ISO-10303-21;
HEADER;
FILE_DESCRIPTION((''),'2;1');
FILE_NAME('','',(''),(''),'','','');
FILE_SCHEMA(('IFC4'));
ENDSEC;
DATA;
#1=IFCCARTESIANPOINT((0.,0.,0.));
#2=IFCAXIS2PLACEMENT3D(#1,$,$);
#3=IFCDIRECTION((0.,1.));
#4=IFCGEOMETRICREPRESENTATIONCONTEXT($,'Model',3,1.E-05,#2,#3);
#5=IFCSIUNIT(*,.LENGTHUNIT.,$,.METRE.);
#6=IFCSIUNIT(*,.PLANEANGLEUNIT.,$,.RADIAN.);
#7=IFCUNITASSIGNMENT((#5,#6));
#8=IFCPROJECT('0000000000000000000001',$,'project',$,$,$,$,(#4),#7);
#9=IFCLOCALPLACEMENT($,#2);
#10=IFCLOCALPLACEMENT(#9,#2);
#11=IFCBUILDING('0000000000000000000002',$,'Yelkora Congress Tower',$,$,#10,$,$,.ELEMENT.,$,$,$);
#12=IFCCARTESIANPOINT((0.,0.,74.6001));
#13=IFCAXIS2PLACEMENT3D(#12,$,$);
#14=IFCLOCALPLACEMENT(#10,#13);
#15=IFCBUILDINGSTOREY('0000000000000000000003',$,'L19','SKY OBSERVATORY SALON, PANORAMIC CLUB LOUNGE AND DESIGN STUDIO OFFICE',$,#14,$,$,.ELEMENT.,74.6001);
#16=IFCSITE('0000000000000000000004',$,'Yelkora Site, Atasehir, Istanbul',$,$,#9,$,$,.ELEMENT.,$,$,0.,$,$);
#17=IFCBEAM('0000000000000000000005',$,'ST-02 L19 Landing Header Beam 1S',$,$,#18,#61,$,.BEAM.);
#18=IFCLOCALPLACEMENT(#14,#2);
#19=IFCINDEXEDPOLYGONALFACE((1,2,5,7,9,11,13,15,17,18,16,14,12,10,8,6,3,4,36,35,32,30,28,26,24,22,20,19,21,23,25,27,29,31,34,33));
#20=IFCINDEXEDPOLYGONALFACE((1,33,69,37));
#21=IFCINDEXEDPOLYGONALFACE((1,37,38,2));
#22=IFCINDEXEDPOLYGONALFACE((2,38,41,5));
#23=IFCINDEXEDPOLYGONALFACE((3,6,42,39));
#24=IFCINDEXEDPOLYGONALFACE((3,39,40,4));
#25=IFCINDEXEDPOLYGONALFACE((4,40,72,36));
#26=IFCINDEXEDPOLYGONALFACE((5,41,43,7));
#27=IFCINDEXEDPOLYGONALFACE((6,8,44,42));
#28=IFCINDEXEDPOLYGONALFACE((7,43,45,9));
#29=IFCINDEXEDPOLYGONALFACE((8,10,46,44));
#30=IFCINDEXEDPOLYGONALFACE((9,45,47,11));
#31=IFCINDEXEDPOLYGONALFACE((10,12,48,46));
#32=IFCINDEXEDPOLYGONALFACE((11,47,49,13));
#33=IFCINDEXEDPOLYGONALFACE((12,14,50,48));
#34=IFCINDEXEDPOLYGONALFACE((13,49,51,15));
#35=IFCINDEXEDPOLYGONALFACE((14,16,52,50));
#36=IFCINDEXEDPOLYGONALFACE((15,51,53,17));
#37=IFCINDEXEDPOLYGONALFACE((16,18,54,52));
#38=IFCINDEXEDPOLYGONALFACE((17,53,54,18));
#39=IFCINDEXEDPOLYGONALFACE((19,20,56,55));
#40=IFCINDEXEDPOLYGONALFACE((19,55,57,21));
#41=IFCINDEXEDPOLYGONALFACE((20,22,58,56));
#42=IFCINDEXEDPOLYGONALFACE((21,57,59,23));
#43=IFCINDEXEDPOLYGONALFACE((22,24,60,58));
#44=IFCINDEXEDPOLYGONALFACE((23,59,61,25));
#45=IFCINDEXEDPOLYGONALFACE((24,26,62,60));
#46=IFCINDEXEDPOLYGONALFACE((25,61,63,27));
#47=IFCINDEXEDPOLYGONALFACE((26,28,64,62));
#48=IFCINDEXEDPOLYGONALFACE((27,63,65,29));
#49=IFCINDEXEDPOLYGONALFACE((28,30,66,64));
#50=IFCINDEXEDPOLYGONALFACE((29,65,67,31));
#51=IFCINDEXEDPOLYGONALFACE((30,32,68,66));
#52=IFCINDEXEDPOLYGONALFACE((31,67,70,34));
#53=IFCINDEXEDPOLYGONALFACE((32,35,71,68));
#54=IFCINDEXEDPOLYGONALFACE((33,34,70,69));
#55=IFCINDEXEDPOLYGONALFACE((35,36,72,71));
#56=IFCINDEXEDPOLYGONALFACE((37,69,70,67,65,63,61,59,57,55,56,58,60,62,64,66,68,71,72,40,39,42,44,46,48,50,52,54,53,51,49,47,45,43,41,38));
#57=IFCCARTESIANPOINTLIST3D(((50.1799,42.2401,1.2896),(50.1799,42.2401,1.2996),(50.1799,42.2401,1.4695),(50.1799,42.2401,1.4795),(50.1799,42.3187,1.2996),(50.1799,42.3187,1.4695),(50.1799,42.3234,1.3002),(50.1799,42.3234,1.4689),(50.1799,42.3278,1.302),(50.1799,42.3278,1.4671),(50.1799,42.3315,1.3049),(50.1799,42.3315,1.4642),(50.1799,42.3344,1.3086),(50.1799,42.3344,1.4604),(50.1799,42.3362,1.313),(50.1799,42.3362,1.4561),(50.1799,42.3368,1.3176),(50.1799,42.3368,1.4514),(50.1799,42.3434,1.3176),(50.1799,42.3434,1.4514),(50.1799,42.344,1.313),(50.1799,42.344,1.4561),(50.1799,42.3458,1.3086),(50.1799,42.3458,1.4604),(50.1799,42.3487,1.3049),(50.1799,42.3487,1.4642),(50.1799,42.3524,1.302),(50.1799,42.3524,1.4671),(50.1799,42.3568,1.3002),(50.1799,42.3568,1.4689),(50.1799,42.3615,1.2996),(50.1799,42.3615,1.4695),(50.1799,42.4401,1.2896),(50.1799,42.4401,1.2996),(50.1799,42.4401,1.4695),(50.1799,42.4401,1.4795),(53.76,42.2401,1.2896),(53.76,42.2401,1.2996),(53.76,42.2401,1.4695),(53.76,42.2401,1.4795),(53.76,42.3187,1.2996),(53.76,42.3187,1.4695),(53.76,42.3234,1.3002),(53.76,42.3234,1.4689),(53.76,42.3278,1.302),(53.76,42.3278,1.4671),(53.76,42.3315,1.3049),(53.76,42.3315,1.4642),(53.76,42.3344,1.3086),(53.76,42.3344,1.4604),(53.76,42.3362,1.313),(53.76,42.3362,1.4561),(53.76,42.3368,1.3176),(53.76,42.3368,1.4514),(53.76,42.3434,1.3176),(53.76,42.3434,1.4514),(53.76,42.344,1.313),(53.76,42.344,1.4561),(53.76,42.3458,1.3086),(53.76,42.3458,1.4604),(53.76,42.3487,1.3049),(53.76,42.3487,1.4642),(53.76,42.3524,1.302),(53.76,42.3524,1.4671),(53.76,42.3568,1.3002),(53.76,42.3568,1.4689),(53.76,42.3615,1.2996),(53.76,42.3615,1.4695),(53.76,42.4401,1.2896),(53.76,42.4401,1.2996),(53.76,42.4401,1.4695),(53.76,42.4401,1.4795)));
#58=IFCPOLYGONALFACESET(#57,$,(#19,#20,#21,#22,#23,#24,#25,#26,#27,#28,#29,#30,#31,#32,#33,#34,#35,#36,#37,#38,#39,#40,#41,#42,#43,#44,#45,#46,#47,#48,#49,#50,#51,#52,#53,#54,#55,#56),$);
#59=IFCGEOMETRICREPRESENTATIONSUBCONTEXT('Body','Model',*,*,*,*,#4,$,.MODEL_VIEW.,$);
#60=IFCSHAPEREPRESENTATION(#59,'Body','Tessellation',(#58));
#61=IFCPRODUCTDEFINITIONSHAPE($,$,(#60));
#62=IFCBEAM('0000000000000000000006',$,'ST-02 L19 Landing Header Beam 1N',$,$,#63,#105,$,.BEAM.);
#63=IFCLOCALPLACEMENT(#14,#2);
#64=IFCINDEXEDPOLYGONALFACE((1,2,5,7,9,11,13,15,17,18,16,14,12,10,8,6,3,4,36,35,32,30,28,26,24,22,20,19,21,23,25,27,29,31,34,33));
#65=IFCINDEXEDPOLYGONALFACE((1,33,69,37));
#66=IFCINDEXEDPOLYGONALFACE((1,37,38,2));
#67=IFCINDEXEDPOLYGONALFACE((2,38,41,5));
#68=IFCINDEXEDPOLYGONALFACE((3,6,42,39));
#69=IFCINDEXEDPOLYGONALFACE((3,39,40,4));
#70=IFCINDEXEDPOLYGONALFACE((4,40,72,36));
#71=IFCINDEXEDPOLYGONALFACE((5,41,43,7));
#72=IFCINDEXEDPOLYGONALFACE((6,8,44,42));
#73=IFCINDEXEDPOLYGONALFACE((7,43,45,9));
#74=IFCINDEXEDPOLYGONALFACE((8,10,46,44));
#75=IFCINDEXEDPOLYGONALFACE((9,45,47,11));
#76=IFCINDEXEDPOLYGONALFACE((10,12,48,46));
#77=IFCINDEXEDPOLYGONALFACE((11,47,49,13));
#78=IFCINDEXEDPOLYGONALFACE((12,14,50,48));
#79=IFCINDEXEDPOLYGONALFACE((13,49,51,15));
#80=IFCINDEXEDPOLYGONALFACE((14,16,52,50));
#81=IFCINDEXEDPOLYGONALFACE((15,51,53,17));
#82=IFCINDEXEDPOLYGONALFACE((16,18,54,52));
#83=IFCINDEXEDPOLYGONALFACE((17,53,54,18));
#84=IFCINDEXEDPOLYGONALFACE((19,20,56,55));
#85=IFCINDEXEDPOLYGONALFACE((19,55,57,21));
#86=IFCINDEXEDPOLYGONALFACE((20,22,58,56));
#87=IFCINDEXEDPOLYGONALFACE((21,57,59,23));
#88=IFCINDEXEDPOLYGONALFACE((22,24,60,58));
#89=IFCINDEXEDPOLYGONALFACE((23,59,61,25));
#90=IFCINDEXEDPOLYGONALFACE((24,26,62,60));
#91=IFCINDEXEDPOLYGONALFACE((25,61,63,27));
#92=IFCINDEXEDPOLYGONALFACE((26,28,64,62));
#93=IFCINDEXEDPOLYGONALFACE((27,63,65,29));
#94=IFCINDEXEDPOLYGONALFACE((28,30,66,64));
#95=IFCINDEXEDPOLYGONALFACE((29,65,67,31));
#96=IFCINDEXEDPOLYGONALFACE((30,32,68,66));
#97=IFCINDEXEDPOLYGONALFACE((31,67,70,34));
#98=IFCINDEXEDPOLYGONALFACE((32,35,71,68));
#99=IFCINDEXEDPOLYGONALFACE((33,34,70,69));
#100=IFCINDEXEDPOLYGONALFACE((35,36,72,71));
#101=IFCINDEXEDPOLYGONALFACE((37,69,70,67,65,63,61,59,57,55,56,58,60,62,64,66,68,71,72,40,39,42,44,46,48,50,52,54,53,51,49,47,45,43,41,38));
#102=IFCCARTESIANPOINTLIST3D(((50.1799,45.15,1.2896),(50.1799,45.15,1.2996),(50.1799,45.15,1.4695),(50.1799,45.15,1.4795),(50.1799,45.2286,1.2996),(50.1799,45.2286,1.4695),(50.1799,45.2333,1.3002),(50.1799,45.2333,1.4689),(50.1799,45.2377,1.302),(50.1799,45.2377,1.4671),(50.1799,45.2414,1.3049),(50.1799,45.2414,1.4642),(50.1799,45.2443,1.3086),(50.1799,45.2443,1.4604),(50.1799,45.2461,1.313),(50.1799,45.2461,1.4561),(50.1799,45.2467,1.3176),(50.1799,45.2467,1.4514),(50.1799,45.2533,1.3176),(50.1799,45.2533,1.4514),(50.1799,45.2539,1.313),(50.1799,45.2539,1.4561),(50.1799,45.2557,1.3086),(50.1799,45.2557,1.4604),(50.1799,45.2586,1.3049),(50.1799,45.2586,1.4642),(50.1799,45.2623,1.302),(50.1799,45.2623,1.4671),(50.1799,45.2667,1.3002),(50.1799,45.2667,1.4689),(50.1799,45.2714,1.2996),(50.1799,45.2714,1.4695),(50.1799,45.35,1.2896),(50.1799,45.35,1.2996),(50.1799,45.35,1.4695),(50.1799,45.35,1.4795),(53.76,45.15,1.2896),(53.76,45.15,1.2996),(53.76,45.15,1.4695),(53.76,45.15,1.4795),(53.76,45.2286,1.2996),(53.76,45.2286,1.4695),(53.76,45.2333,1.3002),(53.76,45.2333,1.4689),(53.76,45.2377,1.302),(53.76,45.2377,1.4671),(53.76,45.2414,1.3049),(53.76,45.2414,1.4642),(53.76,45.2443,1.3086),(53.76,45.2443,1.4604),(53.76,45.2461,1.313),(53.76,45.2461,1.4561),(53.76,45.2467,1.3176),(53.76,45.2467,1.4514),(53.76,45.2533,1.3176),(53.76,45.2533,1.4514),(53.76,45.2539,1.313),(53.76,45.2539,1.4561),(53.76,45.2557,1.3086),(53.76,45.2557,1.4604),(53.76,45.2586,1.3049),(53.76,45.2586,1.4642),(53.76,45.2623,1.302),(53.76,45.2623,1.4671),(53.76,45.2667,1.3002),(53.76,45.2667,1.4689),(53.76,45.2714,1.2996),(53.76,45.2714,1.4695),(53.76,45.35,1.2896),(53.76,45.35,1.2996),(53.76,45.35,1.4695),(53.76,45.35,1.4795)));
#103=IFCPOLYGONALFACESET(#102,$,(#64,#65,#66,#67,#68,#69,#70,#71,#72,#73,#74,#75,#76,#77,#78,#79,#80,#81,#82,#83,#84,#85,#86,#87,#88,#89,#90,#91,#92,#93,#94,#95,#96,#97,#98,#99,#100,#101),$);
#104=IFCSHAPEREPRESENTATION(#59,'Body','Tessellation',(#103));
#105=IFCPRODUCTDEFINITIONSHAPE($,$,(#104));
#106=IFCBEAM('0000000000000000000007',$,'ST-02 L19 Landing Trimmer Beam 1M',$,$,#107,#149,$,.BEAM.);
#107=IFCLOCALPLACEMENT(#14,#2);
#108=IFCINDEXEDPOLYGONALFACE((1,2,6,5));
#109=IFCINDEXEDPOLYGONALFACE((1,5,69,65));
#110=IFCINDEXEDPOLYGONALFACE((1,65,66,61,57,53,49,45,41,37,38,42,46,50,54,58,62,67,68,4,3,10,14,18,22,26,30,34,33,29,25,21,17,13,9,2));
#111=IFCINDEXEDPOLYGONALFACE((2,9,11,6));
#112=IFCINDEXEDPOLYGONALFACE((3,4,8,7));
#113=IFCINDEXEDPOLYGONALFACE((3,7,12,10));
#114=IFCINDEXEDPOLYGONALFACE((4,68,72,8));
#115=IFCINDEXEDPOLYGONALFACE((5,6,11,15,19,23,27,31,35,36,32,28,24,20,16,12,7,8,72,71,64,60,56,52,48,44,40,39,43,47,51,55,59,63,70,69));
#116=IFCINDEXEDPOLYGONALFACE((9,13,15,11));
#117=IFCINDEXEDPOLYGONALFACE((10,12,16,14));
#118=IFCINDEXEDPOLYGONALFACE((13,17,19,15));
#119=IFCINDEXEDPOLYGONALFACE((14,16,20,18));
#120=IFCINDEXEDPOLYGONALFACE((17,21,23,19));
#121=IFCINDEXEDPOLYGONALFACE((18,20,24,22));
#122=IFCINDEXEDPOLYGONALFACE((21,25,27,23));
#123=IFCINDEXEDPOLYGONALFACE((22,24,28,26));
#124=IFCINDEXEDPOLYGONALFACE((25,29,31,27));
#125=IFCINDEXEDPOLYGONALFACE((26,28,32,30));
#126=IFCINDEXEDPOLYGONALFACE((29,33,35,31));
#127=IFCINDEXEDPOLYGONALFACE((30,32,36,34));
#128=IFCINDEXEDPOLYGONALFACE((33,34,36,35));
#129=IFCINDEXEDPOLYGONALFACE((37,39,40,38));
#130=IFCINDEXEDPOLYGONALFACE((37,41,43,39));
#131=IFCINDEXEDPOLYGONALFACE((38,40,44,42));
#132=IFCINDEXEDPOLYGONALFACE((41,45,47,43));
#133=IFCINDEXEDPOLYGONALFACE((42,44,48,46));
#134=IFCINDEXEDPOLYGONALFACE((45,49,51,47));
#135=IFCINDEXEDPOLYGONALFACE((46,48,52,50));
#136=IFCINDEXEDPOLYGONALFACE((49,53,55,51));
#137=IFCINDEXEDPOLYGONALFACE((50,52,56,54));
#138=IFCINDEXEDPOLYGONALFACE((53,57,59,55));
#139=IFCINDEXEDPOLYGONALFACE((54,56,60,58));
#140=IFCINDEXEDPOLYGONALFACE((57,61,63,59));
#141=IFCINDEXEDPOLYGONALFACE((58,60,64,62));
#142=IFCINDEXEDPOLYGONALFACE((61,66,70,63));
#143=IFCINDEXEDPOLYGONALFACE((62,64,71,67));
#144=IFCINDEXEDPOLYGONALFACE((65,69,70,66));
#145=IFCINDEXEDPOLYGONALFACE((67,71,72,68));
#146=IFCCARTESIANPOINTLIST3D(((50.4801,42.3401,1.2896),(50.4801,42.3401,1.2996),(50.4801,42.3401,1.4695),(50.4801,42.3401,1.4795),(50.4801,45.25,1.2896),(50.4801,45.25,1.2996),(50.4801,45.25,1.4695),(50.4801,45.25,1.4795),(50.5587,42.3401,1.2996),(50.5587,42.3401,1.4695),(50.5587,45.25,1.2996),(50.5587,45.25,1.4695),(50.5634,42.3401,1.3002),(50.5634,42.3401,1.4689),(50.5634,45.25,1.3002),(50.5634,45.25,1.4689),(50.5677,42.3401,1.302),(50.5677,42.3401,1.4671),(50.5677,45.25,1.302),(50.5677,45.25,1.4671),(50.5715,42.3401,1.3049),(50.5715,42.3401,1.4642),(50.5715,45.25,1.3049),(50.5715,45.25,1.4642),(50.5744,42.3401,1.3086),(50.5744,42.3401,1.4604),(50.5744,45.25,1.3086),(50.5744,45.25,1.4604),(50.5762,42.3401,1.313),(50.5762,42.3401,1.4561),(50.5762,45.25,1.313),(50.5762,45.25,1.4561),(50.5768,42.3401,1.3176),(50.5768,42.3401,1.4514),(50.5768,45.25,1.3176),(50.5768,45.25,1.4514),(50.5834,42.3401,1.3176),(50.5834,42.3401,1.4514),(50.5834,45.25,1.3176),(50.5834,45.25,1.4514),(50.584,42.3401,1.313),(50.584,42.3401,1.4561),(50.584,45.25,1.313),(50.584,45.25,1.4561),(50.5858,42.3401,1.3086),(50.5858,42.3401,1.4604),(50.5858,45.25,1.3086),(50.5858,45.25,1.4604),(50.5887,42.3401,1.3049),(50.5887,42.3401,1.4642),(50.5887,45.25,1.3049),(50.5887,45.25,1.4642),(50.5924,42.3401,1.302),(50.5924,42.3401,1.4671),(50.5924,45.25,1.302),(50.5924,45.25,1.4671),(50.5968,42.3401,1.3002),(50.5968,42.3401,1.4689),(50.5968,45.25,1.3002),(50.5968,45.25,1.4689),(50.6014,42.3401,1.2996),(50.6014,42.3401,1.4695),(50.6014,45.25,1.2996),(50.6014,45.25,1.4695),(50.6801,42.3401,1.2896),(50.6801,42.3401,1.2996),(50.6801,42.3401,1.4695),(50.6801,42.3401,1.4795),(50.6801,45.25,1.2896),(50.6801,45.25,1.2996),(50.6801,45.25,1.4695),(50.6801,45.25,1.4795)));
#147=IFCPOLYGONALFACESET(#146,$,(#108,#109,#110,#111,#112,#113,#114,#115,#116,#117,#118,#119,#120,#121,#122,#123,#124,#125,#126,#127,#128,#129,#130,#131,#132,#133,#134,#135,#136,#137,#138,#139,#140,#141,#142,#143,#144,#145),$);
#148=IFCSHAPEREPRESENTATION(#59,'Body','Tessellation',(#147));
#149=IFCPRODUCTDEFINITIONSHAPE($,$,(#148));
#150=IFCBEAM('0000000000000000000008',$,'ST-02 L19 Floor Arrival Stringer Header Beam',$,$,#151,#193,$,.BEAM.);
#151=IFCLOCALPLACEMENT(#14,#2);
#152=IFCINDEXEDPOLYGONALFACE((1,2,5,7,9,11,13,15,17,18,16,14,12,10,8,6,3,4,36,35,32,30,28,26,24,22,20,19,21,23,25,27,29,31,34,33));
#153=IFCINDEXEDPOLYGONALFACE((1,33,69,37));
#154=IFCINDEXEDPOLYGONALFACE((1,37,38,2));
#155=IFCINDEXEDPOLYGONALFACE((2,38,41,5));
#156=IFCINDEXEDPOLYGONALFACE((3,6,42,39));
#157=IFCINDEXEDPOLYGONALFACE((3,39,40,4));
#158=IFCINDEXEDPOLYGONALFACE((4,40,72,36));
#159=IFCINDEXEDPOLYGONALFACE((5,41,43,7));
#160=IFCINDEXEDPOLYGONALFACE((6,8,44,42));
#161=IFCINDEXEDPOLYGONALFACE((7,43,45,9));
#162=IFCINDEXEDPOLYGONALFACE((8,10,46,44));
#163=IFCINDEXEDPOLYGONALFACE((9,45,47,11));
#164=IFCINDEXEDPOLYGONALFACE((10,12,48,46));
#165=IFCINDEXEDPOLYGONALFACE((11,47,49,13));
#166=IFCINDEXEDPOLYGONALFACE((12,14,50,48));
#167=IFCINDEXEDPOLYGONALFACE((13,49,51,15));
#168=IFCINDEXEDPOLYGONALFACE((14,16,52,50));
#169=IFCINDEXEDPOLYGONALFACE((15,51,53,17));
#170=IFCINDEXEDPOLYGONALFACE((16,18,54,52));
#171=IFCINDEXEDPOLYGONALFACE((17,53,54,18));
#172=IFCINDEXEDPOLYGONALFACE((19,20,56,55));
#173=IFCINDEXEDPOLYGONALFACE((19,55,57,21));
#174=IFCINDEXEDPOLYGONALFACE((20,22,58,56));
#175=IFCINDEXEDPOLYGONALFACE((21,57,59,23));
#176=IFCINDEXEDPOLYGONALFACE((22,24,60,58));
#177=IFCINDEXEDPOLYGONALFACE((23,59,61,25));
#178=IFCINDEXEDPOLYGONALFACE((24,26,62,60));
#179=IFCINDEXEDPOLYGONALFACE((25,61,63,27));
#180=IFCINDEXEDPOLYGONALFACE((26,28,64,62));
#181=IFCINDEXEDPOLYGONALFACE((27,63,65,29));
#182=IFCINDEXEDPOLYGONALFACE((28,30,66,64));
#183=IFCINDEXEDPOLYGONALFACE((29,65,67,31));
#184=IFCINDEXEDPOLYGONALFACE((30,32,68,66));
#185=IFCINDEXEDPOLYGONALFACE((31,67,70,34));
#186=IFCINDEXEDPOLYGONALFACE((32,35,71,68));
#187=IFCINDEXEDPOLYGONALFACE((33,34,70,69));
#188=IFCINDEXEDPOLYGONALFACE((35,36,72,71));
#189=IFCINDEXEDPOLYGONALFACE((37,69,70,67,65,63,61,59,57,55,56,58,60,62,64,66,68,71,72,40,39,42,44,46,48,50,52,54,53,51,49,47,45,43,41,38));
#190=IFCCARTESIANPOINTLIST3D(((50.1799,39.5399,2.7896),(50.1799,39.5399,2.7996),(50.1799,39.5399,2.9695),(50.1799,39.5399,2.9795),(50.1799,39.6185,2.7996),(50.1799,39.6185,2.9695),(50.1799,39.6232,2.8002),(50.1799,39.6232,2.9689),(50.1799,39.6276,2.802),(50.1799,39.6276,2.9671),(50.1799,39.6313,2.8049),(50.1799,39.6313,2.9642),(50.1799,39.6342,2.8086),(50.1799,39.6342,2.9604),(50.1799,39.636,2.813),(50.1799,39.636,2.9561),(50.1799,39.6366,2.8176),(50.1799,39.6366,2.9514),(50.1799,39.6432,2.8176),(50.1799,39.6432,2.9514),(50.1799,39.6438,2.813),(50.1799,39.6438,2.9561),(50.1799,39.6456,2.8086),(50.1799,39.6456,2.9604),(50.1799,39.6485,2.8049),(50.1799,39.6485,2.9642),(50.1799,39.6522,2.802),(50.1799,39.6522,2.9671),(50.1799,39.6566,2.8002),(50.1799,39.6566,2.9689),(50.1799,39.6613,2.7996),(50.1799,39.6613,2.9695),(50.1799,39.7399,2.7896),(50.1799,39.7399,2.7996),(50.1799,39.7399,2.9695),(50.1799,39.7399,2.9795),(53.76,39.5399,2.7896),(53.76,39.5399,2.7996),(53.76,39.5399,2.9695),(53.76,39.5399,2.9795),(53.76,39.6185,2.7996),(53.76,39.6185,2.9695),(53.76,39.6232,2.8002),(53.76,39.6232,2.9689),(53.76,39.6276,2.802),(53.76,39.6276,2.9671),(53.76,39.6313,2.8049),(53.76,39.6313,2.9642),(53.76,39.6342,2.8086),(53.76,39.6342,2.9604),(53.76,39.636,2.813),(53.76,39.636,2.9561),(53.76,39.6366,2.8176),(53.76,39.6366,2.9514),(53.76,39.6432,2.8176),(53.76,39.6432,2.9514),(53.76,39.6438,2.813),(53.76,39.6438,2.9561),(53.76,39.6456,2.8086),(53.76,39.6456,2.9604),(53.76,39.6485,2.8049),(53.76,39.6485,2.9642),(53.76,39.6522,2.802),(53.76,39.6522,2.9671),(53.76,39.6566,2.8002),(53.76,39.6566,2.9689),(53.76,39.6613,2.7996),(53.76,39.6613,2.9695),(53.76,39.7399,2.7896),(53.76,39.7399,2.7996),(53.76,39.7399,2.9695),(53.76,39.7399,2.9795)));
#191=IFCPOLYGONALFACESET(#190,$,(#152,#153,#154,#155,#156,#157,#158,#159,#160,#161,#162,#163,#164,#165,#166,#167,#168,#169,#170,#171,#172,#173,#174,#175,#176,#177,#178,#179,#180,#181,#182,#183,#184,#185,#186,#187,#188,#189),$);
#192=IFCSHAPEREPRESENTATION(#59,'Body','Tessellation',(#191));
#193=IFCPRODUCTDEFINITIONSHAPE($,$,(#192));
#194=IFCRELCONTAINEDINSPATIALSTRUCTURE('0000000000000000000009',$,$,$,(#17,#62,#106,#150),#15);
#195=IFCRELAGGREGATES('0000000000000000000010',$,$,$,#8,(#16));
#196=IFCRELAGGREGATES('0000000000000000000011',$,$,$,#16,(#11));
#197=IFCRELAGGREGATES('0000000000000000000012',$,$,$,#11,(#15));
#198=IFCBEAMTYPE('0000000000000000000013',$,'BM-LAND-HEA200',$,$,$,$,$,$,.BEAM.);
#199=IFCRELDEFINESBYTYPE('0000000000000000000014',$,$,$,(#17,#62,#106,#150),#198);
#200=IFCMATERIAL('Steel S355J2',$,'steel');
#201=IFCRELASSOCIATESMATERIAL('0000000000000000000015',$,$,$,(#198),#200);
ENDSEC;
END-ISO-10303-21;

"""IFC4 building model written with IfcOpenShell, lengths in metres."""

from ifc_helpers import new_model, si_unit, direction, frame, origin, origin_2d, place, context, subcontext, project, spatial, i_section, extrude, material, material_profile, profile_set, type_object, element, save


model = new_model("IFC4")

# Units and contexts
model_context = context("Model", 3, precision=1e-05, world=origin(), true_north=direction((0.0, 1.0)))
body_context = subcontext(model_context, "Body", "Model", "MODEL_VIEW")
ifc_project = project(units=[si_unit("LENGTHUNIT", "METRE"), si_unit("PLANEANGLEUNIT", "RADIAN")], contexts=[model_context])

# Site, building, storey
site_placement = place(None, origin())
site = spatial("IfcSite", under=ifc_project, at=site_placement, Name="Yelkora Site, Atasehir, Istanbul", CompositionType="ELEMENT", RefElevation=0.0)
building_placement = place(site_placement, origin())
building = spatial("IfcBuilding", under=site, at=building_placement, Name="Yelkora Congress Tower", CompositionType="ELEMENT")
storey_placement = place(building_placement, frame((0.0, 0.0, 74.6001)))
storey = spatial("IfcBuildingStorey", under=building, at=storey_placement, Name="L19", Description="SKY OBSERVATORY SALON, PANORAMIC CLUB LOUNGE AND DESIGN STUDIO OFFICE", CompositionType="ELEMENT", Elevation=74.6001)

# Beams
ifc_material_1 = material(Name="Steel S355J2", Category="steel")
ifc_material_profile = material_profile(ifc_material_1, i_section(OverallWidth=0.2, OverallDepth=0.1899, WebThickness=0.0066, FlangeThickness=0.01, FilletRadius=0.0181, at=origin_2d()), Name="HEA 200")
ifc_profile_set = profile_set([ifc_material_profile], Name="Steel S355J2")
beam_type = type_object("IfcBeamType", Name="BM-LAND-HEA200", PredefinedType="BEAM", material=ifc_profile_set)
for number, where, z_axis, x_axis, name in (
    (1, (50.1799, 42.3401, 1.3845), (1.0, 0.0, 0.0), (0.0, 1.0, 0.0), "ST-02 L19 Landing Header Beam 1S"),
    (2, (50.1799, 45.25, 1.3845), (1.0, 0.0, 0.0), (0.0, 1.0, 0.0), "ST-02 L19 Landing Header Beam 1N"),
):
    element("IfcBeam", number, at=place(storey_placement, frame(where, z_axis=z_axis, x_axis=x_axis)), inside=storey, type_object=beam_type, Name=name, PredefinedType="BEAM", context=body_context, shape_type="SweptSolid", body=[
        extrude(i_section(OverallWidth=0.2, OverallDepth=0.1899, WebThickness=0.0066, FlangeThickness=0.01, FilletRadius=0.0181, at=origin_2d()), origin(), (0.0, 0.0, 1.0), 3.5801),
    ])
beam_1_placement = place(storey_placement, frame((50.5801, 42.3401, 1.3845), z_axis=(0.0, 1.0, 0.0), x_axis=(-1.0, 0.0, 0.0)))
element("IfcBeam", 3, at=beam_1_placement, inside=storey, type_object=beam_type, Name="ST-02 L19 Landing Trimmer Beam 1M", PredefinedType="BEAM", context=body_context, shape_type="SweptSolid", body=[
    extrude(i_section(OverallWidth=0.2, OverallDepth=0.1899, WebThickness=0.0066, FlangeThickness=0.01, FilletRadius=0.0181, at=origin_2d()), origin(), (0.0, 0.0, 1.0), 2.9099),
])
beam_2_placement = place(storey_placement, frame((50.1799, 39.6399, 2.8845), z_axis=(1.0, 0.0, 0.0), x_axis=(0.0, 1.0, 0.0)))
element("IfcBeam", 4, at=beam_2_placement, inside=storey, type_object=beam_type, Name="ST-02 L19 Floor Arrival Stringer Header Beam", PredefinedType="BEAM", context=body_context, shape_type="SweptSolid", body=[
    extrude(i_section(OverallWidth=0.2, OverallDepth=0.1899, WebThickness=0.0066, FlangeThickness=0.01, FilletRadius=0.0181, at=origin_2d()), origin(), (0.0, 0.0, 1.0), 3.5801),
])

save(model, "model.ifc")
